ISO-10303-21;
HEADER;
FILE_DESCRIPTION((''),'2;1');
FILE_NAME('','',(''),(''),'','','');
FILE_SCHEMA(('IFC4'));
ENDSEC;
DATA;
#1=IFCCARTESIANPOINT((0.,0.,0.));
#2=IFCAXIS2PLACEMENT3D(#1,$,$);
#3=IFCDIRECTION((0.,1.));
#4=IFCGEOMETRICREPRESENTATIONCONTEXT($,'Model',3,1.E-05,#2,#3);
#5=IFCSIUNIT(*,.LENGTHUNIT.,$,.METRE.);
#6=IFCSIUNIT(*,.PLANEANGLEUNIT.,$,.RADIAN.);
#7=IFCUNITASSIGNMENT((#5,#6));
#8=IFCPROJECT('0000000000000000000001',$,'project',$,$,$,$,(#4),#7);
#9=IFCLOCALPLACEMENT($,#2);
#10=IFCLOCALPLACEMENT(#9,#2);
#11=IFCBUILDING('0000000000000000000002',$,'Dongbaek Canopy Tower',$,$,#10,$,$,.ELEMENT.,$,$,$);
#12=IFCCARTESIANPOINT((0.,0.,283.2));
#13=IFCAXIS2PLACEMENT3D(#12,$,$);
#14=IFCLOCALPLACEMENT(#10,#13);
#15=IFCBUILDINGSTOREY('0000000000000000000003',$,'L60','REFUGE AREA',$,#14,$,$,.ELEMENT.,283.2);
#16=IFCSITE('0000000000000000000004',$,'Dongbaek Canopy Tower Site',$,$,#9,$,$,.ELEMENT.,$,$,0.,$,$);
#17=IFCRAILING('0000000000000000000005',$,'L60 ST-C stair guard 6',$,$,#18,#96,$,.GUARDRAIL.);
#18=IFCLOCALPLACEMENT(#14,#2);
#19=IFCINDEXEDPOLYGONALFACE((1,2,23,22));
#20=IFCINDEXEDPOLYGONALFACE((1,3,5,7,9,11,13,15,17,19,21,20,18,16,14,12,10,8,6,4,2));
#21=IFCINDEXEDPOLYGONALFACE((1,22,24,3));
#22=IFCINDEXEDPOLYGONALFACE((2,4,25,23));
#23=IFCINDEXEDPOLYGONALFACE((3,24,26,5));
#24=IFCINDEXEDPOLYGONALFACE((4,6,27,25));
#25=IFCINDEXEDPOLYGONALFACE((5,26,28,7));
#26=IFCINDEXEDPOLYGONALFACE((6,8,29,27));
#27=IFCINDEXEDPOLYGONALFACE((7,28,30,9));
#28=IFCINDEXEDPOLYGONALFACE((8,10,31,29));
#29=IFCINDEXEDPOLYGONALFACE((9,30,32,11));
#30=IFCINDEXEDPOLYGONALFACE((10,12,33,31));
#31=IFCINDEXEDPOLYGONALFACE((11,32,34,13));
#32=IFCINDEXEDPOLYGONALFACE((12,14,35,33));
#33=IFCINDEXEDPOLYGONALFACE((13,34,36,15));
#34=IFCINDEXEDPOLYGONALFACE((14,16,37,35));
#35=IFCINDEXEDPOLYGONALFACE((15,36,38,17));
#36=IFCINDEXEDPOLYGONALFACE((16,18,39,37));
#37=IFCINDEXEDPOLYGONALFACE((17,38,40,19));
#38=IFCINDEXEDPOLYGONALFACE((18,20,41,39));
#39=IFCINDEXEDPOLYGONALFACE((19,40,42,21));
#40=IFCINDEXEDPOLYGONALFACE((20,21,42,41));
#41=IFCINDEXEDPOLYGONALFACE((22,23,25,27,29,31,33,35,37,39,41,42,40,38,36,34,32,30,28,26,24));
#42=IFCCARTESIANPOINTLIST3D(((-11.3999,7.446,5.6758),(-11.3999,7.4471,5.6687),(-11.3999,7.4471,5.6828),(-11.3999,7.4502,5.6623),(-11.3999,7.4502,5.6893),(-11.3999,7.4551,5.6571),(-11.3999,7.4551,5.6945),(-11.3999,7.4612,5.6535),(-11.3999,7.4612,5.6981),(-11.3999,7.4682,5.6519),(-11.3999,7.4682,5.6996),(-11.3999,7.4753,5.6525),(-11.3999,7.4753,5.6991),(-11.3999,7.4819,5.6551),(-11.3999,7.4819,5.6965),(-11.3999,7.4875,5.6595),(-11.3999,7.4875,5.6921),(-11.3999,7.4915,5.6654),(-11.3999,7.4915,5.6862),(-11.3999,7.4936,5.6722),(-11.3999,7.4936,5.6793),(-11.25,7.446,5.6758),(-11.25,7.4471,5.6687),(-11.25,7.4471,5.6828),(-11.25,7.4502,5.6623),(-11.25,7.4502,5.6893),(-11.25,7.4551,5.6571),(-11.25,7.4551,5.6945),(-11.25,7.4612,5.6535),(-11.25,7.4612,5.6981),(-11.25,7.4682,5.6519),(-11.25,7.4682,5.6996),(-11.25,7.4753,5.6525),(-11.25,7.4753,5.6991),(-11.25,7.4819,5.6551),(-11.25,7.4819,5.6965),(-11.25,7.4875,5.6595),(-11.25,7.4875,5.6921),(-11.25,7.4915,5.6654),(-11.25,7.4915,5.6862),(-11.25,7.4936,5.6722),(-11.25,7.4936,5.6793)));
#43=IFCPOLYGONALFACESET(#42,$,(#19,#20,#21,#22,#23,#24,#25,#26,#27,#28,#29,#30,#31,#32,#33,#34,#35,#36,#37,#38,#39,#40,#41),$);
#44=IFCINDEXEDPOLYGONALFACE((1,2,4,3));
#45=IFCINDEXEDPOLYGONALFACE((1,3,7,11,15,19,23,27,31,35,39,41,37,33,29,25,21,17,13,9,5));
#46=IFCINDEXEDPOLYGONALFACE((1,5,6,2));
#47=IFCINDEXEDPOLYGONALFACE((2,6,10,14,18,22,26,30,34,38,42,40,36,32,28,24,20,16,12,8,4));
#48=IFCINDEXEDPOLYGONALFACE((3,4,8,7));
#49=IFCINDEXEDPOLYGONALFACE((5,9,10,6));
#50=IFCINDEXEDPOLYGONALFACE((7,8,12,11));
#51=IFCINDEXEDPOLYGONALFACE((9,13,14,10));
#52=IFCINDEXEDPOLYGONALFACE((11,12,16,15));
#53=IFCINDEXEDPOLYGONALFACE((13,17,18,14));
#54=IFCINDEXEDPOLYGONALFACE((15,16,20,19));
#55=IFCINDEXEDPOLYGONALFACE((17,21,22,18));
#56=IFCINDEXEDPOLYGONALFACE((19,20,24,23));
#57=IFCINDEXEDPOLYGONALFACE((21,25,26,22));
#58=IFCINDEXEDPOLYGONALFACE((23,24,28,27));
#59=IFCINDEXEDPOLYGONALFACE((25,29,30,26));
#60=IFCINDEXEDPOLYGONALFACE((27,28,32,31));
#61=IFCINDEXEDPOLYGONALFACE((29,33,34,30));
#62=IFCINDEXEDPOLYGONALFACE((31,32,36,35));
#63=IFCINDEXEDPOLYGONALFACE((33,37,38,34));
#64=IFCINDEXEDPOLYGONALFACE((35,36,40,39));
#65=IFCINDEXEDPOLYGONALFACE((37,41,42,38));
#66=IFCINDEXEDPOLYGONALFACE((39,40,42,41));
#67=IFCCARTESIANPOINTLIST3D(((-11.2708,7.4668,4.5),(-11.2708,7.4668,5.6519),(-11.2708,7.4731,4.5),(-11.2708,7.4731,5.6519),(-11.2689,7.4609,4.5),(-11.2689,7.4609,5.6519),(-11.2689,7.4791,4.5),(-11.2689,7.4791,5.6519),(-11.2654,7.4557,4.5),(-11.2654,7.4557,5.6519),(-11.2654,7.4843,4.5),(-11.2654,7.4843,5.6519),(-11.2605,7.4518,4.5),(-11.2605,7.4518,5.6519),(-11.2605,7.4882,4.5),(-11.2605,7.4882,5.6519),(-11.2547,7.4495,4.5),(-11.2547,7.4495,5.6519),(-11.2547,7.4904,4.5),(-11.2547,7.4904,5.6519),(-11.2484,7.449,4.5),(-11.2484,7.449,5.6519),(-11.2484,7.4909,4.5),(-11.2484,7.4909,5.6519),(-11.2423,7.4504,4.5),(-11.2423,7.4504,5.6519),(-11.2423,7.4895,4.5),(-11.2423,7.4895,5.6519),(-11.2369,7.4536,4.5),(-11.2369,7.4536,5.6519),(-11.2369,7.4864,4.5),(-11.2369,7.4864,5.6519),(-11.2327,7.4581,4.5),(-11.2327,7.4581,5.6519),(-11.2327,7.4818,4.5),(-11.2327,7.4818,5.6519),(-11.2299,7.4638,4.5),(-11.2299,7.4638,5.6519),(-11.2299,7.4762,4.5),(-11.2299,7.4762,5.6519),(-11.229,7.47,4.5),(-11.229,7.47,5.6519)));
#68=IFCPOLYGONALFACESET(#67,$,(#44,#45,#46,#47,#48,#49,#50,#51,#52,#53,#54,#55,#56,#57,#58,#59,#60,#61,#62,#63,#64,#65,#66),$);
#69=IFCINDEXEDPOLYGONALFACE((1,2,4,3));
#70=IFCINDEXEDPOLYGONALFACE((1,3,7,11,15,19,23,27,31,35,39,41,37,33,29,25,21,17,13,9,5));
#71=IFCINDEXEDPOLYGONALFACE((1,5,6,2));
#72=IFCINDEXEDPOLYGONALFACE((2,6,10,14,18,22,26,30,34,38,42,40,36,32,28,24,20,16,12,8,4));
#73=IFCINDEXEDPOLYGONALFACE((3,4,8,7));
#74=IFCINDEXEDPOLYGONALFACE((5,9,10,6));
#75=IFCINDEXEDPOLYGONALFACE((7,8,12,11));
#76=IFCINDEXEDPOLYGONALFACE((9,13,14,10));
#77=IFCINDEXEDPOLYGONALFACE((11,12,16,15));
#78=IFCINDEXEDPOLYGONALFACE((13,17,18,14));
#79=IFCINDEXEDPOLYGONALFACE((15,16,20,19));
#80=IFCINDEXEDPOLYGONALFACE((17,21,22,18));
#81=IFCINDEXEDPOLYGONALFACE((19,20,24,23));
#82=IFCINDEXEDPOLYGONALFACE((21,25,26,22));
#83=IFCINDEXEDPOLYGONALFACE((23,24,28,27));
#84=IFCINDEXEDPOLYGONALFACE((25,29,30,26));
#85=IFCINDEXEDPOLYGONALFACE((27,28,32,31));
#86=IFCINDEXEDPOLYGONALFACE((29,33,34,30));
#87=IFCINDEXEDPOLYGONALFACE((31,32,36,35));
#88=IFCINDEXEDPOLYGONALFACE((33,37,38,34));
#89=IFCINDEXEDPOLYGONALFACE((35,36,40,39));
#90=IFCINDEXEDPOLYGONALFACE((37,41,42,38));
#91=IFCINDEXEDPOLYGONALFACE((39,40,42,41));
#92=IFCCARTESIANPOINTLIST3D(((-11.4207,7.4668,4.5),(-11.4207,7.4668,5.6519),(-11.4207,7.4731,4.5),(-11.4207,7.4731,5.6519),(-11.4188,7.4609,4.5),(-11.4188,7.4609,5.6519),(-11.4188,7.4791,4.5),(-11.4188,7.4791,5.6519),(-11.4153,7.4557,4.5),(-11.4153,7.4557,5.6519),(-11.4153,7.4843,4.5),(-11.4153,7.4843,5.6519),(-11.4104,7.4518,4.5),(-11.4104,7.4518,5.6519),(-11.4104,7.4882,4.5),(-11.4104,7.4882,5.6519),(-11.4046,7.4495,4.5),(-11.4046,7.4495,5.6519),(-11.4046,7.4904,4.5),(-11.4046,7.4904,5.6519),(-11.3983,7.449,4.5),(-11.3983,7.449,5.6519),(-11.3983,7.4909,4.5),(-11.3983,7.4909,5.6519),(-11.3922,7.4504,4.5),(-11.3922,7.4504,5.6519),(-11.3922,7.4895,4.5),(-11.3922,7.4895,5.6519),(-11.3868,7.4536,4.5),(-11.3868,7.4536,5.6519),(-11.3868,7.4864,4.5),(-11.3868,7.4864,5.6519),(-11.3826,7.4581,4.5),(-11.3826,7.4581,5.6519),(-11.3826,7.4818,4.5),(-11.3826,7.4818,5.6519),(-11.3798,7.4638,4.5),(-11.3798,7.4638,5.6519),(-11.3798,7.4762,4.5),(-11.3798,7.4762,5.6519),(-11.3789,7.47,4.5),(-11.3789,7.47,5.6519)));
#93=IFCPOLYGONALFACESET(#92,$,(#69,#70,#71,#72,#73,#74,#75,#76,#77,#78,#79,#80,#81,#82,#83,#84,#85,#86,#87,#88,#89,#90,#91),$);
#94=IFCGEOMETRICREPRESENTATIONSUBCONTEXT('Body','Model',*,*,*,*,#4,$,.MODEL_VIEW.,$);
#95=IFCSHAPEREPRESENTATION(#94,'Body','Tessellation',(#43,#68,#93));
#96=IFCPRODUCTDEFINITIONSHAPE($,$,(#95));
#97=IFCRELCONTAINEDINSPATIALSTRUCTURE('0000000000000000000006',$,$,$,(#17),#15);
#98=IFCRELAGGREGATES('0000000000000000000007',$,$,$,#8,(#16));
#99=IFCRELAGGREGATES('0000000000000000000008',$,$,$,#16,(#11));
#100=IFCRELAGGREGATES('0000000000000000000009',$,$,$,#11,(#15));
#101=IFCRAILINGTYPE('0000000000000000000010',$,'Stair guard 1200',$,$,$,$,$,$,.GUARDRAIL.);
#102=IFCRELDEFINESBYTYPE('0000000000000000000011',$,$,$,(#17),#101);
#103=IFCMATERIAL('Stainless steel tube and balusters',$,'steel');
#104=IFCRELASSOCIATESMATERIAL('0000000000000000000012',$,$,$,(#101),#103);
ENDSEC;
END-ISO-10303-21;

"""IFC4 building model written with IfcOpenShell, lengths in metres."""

from ifc_helpers import new_model, si_unit, direction, frame, origin, origin_2d, place, context, subcontext, project, spatial, circle, extrude, material, type_object, element, save


model = new_model("IFC4")

# Units and contexts
model_context = context("Model", 3, precision=1e-05, world=origin(), true_north=direction((0.0, 1.0)))
body_context = subcontext(model_context, "Body", "Model", "MODEL_VIEW")
ifc_project = project(units=[si_unit("LENGTHUNIT", "METRE"), si_unit("PLANEANGLEUNIT", "RADIAN")], contexts=[model_context])

# Site, building, storey
site_placement = place(None, origin())
site = spatial("IfcSite", under=ifc_project, at=site_placement, Name="Dongbaek Canopy Tower Site", CompositionType="ELEMENT", RefElevation=0.0)
building_placement = place(site_placement, origin())
building = spatial("IfcBuilding", under=site, at=building_placement, Name="Dongbaek Canopy Tower", CompositionType="ELEMENT")
storey_placement = place(building_placement, frame((0.0, 0.0, 283.2)))
storey = spatial("IfcBuildingStorey", under=building, at=storey_placement, Name="L60", Description="REFUGE AREA", CompositionType="ELEMENT", Elevation=283.2)

# Railing
ifc_material_1 = material(Name="Stainless steel tube and balusters", Category="steel")
railing_type_1 = type_object("IfcRailingType", Name="Stair guard 1200", PredefinedType="GUARDRAIL", material=ifc_material_1)
railing_1_placement = place(storey_placement, frame((-11.25, 7.47, 4.5)))
element("IfcRailing", 1, at=railing_1_placement, inside=storey, type_object=railing_type_1, Name="L60 ST-C stair guard 6", PredefinedType="GUARDRAIL", context=body_context, shape_type="SweptSolid", body=[
    extrude(circle(Radius=0.0239, at=origin_2d()), frame((0.0, 0.0, 1.1758), z_axis=(-1.0, 0.0, 0.0), x_axis=(0.0, -1.0, 0.0)), (0.0, 0.0, 1.0), 0.1499),
    extrude(circle(Radius=0.021, at=origin_2d()), origin(), (0.0, 0.0, 1.0), 1.1519),
    extrude(circle(Radius=0.021, at=origin_2d()), frame((-0.1499, 0.0, 0.0)), (0.0, 0.0, 1.0), 1.1519),
])

save(model, "model.ifc")
